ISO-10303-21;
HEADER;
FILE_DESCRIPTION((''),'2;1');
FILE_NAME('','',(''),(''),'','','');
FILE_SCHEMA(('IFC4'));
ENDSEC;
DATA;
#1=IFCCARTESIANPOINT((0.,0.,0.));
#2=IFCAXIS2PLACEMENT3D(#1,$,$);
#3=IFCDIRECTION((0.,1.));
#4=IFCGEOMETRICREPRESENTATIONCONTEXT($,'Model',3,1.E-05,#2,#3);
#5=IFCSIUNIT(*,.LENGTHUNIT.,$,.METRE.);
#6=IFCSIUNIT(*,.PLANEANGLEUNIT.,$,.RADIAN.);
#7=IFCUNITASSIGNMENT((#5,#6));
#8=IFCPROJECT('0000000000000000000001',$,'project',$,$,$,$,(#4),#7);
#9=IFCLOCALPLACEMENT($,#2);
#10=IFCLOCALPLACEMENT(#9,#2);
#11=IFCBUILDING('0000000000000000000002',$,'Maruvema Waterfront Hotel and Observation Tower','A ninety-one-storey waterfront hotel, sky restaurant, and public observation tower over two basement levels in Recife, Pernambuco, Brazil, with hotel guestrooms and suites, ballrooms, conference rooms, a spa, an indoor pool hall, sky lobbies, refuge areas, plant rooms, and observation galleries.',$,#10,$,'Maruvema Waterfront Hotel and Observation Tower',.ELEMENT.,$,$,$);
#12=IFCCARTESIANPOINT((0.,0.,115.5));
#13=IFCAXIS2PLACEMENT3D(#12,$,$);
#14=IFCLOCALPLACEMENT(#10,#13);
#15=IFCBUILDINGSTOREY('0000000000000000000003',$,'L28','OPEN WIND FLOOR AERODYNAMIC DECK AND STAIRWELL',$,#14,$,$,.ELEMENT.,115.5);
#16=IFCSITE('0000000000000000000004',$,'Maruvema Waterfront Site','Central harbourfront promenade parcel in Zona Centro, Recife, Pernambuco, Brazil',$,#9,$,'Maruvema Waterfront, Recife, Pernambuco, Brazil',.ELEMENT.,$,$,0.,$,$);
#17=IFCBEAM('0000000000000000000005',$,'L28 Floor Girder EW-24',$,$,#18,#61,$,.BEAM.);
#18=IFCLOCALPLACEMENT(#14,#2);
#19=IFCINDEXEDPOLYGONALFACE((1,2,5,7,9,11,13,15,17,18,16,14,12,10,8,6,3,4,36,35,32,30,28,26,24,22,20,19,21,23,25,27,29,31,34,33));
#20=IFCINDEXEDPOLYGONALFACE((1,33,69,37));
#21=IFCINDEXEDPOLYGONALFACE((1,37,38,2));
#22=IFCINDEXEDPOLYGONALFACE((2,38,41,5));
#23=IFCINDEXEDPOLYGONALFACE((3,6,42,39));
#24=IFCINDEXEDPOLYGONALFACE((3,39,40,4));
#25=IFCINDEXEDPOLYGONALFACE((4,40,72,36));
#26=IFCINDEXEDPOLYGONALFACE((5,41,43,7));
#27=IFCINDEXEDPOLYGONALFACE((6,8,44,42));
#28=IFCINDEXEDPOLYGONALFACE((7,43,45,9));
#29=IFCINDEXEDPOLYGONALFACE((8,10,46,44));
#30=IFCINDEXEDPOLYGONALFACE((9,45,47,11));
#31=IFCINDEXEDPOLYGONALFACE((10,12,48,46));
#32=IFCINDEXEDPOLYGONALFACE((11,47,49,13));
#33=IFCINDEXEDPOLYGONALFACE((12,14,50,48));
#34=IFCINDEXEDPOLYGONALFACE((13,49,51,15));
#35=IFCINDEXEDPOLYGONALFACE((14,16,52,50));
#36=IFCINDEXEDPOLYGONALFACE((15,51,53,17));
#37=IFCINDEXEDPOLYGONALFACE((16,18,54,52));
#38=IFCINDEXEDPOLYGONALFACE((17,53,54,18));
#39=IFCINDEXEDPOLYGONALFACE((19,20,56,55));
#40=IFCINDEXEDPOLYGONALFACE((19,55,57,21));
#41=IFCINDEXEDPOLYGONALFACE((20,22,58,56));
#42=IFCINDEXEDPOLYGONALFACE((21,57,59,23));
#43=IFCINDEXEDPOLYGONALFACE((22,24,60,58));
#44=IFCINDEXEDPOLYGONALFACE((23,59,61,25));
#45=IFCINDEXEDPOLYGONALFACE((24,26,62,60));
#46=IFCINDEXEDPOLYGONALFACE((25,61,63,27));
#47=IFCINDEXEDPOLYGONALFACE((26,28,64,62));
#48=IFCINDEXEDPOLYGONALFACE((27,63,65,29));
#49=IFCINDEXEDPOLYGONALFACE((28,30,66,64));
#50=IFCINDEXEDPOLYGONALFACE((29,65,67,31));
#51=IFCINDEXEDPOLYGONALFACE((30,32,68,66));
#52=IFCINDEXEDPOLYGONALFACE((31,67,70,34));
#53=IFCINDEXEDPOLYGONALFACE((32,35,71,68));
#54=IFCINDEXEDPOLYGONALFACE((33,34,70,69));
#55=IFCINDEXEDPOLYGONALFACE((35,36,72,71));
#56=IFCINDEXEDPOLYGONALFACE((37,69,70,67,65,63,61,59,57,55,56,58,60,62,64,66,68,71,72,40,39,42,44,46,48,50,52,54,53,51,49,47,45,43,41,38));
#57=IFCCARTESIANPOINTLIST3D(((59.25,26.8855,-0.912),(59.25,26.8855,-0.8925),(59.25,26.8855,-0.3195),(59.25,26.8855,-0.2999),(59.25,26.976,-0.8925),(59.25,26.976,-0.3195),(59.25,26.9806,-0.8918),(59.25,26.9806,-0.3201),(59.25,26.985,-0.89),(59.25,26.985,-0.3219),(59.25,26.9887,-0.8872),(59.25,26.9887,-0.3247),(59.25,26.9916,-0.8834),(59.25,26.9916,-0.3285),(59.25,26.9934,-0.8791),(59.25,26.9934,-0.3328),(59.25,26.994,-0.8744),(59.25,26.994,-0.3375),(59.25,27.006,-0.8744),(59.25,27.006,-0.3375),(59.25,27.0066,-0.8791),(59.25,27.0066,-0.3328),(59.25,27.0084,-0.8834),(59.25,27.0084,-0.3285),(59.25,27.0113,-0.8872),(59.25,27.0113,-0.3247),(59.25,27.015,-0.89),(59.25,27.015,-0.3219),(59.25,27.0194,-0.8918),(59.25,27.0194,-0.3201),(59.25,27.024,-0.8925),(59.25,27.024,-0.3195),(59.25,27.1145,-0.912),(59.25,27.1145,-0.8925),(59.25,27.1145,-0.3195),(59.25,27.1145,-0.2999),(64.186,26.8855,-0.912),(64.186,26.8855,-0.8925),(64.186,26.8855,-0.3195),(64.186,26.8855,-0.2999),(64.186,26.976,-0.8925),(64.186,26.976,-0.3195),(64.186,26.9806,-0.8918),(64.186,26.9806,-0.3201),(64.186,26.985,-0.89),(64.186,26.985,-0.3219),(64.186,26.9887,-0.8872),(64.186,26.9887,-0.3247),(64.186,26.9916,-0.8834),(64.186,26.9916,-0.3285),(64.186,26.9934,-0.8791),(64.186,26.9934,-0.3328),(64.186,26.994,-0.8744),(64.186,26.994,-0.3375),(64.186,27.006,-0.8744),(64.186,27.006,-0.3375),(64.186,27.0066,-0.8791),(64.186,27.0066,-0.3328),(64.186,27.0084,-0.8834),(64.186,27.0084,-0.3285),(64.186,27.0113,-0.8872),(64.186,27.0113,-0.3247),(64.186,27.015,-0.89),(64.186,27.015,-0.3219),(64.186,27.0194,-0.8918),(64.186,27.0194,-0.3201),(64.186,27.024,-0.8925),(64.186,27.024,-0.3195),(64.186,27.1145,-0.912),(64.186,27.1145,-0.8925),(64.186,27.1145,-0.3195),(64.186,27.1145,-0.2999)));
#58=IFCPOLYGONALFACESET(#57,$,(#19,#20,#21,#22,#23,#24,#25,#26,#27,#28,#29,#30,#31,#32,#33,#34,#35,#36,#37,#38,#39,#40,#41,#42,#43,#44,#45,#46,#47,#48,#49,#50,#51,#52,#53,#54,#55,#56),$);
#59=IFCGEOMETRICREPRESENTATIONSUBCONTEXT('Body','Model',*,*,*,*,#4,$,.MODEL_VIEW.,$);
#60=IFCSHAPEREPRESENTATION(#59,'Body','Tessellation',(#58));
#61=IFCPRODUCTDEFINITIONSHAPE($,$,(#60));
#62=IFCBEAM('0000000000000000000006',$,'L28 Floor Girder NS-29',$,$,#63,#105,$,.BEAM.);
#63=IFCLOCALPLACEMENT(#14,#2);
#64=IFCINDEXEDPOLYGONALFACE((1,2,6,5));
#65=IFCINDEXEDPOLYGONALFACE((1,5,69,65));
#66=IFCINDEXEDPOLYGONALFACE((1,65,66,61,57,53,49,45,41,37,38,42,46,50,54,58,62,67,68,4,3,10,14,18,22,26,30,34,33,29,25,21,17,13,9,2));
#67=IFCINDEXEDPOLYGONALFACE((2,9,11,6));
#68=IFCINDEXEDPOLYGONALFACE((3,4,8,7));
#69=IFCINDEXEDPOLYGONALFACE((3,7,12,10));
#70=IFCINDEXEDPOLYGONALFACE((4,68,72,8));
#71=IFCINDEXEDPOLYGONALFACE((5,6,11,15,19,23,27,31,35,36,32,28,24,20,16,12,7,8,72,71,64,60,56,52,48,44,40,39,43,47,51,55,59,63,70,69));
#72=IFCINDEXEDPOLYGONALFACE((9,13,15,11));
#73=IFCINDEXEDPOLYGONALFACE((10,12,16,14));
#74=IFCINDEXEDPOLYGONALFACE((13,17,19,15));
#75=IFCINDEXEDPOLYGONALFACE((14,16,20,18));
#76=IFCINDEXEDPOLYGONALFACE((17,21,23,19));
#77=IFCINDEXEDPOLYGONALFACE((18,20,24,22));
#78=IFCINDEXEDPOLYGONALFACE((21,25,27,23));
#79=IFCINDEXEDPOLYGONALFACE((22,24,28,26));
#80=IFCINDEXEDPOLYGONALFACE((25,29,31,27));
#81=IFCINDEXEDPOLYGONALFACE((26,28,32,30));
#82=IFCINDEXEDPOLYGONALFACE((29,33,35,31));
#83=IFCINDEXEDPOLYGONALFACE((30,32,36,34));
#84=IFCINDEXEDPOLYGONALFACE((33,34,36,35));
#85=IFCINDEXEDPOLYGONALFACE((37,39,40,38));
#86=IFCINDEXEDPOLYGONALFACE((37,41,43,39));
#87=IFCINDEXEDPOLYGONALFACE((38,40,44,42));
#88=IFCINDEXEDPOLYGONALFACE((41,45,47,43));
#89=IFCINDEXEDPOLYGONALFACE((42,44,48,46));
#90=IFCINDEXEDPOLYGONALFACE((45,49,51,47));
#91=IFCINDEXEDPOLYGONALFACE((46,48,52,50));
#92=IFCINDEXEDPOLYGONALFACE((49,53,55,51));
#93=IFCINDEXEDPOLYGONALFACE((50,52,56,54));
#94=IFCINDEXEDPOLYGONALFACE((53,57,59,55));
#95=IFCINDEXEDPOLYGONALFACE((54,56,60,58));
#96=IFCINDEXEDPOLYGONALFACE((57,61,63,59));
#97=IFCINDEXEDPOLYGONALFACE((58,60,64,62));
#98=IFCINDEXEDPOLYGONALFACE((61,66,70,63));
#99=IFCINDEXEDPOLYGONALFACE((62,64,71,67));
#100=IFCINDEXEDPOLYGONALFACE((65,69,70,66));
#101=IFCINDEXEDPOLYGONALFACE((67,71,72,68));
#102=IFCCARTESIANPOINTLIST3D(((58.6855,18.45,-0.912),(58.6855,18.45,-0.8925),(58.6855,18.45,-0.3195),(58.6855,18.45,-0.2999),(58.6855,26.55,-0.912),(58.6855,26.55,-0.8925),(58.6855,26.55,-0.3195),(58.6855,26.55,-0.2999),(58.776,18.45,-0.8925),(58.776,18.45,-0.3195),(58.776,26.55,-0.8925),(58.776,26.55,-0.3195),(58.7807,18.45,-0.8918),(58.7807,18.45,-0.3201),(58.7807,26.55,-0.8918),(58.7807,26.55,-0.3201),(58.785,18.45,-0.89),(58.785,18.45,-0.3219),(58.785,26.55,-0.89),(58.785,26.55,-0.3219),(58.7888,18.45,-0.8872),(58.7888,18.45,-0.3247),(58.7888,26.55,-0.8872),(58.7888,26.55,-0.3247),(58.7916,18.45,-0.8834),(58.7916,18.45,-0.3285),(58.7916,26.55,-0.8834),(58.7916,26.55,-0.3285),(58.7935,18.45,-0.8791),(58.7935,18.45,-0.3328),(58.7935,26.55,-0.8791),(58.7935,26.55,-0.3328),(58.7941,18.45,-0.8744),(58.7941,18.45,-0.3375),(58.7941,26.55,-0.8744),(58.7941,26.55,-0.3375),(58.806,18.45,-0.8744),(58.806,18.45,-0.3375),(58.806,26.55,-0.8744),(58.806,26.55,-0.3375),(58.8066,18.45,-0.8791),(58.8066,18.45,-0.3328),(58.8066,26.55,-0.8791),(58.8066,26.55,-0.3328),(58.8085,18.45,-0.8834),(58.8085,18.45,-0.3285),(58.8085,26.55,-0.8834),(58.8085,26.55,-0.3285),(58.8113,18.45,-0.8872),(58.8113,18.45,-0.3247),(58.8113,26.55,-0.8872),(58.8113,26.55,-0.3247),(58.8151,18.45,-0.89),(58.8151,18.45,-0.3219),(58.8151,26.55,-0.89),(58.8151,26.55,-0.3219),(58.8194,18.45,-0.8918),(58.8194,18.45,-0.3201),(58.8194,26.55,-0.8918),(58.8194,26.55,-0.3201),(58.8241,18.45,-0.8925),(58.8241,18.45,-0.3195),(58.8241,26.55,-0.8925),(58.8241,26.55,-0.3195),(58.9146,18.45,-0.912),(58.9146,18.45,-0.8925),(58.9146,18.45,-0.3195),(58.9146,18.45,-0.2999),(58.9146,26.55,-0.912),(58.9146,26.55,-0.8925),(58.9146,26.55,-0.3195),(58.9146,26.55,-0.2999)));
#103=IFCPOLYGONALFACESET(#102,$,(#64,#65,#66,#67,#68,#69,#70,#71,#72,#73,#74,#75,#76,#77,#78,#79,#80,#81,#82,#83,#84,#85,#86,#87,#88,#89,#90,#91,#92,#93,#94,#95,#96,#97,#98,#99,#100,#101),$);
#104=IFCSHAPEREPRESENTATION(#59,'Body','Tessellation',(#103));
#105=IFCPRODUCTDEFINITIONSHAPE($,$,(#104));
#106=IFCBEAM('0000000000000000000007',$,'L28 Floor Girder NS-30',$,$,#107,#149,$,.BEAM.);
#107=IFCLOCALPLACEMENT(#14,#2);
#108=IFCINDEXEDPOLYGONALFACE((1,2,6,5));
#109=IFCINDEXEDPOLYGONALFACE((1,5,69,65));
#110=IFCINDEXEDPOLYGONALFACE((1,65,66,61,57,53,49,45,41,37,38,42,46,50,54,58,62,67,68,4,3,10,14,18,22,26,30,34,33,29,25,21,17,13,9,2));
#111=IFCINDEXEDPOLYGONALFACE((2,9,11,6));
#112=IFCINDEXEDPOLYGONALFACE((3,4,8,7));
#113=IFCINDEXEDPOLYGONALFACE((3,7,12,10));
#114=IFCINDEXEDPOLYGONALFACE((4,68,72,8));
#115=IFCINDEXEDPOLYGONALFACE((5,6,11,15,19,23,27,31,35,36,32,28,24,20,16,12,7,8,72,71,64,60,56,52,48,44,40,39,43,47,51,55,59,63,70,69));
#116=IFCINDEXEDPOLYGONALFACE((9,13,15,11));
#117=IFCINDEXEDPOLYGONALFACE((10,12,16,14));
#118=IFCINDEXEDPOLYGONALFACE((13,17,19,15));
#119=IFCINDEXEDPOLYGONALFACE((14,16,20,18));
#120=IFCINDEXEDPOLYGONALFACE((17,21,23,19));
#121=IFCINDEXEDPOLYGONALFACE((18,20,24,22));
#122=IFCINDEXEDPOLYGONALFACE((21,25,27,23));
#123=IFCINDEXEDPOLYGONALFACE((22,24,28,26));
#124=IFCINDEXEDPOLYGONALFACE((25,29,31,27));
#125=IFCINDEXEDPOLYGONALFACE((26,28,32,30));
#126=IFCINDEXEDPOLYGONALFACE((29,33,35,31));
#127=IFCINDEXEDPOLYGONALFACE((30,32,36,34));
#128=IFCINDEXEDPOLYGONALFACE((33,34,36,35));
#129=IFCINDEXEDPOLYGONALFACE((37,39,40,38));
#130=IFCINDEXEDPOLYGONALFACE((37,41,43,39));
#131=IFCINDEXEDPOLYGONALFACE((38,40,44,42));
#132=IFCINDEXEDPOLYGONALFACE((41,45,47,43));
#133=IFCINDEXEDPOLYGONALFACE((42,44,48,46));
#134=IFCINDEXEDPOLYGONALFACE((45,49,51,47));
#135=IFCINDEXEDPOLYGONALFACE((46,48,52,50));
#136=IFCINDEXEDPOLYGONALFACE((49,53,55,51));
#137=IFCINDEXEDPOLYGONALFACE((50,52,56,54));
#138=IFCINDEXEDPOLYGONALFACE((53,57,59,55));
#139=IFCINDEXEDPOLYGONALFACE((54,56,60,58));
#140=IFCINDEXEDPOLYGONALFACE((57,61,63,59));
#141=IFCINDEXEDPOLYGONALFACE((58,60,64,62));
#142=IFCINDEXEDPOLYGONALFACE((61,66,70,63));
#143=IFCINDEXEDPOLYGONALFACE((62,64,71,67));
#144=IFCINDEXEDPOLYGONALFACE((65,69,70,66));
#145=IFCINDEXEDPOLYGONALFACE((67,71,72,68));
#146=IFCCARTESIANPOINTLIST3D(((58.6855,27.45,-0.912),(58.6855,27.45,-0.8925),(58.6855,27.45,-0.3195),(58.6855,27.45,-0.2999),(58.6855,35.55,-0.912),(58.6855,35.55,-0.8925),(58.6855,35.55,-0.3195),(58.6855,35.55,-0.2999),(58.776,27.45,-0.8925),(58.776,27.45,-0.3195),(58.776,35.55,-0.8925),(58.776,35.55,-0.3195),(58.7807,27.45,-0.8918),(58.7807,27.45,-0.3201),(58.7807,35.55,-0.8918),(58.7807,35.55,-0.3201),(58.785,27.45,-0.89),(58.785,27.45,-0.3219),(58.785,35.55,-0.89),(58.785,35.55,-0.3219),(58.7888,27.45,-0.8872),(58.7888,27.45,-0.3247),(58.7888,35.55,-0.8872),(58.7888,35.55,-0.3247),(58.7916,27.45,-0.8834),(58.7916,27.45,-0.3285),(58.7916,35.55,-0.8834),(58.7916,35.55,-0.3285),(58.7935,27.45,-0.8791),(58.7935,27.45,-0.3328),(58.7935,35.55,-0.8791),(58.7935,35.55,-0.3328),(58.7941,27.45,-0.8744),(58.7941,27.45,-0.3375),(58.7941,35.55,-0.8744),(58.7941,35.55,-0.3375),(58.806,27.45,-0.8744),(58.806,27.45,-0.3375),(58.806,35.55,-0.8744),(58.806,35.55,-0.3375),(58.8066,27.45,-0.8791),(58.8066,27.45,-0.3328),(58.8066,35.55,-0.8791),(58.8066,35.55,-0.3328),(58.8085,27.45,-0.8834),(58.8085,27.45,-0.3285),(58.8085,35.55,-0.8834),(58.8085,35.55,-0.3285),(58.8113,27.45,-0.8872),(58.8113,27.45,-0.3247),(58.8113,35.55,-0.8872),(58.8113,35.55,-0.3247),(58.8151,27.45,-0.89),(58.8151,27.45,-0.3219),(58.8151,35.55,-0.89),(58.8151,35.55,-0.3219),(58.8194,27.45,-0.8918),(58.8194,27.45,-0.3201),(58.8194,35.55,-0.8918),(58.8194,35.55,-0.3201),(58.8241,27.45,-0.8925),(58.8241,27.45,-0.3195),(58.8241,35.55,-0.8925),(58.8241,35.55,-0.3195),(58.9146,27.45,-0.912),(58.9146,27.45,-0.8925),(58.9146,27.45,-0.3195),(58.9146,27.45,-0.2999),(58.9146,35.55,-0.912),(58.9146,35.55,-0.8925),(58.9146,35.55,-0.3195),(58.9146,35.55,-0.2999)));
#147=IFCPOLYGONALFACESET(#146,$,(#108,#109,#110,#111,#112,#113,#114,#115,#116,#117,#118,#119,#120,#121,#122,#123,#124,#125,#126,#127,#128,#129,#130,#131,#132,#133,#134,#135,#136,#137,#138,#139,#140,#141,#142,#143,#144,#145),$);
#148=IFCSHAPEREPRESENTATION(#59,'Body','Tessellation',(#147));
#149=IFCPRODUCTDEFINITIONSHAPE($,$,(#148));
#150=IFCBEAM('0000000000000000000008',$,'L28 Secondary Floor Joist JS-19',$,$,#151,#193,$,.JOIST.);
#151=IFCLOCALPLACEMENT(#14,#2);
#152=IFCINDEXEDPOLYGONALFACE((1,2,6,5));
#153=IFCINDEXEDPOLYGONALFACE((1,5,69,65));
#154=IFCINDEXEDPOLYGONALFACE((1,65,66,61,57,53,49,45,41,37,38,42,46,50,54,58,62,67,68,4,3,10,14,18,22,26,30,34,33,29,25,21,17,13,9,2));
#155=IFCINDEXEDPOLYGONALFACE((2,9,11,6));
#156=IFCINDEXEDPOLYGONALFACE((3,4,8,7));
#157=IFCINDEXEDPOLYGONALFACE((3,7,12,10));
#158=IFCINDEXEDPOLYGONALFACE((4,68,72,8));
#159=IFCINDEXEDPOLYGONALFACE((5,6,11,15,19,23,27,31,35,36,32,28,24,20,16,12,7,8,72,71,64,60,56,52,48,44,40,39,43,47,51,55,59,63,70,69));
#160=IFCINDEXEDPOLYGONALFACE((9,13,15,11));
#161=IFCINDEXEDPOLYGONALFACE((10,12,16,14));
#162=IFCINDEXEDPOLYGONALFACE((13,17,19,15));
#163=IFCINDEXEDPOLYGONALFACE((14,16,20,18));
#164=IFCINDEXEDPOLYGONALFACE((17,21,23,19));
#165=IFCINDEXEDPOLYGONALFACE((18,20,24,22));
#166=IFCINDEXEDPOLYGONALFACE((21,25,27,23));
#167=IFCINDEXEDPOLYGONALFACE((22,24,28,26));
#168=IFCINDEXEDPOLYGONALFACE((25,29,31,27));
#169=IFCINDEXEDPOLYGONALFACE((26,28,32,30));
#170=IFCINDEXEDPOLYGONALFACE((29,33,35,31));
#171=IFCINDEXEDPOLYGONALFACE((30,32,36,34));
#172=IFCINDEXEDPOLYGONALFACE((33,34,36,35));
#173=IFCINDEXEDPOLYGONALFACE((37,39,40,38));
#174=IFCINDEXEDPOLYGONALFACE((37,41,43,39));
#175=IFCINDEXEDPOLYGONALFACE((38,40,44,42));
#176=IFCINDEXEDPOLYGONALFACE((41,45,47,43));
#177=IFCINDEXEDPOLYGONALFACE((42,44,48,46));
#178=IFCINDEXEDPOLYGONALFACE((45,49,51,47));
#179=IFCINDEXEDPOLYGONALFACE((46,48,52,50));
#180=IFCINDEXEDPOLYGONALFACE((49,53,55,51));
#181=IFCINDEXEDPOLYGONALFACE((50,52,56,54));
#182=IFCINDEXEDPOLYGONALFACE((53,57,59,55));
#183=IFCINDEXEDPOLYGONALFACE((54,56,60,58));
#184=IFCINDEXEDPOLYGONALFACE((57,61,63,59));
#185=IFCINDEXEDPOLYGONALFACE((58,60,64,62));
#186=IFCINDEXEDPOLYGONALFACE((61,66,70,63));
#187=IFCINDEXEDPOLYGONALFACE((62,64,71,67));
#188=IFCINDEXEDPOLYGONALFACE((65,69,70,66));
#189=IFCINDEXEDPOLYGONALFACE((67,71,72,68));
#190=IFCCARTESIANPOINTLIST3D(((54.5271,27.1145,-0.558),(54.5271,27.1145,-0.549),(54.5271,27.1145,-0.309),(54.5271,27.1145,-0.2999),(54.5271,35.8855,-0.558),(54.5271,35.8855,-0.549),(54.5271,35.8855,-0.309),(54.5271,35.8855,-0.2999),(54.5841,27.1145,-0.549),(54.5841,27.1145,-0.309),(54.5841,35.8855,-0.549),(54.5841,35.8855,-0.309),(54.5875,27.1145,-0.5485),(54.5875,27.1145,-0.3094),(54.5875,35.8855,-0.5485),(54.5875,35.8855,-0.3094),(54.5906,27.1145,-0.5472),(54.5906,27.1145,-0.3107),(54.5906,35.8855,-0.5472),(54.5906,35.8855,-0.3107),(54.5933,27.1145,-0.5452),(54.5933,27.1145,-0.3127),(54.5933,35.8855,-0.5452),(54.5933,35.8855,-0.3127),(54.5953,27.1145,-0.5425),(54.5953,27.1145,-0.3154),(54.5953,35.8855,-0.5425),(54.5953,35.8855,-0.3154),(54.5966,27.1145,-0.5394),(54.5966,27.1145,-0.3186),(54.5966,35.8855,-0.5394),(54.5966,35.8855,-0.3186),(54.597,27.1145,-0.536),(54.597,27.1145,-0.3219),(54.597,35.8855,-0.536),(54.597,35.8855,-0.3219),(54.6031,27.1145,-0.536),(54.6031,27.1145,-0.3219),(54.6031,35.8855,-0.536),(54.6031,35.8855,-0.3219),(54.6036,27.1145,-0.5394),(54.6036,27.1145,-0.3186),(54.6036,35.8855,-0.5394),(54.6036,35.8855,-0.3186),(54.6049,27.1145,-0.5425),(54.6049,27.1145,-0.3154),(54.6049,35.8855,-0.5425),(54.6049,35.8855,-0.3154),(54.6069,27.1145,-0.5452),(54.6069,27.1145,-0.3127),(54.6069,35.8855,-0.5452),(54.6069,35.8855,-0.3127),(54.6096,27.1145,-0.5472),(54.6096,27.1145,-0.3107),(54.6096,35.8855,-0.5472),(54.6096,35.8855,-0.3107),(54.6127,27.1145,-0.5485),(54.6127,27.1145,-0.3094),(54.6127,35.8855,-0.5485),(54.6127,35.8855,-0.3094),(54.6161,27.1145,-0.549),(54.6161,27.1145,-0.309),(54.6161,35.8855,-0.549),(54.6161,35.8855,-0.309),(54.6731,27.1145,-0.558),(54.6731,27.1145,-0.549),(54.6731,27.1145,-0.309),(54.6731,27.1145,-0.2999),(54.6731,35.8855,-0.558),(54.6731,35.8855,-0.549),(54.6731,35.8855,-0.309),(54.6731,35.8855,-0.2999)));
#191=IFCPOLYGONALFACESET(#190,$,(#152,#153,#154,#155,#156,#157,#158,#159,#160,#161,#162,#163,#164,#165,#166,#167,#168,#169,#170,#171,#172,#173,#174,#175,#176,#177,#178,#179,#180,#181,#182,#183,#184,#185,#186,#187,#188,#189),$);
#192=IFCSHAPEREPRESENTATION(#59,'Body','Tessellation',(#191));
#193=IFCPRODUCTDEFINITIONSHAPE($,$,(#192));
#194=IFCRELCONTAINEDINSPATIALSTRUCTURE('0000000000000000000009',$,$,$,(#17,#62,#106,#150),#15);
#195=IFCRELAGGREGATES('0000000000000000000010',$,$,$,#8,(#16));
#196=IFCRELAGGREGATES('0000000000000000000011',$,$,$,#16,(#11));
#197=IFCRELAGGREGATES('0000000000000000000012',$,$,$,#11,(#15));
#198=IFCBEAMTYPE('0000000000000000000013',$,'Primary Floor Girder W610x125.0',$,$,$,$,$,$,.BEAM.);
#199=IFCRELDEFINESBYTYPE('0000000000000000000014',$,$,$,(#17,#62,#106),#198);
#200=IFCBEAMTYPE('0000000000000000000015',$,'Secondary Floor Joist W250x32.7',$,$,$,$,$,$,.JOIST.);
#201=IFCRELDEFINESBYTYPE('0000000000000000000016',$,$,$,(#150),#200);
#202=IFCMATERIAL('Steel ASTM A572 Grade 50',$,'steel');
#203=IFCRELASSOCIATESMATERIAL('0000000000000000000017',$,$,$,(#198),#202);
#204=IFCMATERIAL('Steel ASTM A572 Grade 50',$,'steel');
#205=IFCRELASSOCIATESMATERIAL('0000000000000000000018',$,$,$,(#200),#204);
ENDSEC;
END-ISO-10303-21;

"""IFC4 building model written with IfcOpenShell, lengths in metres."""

from ifc_helpers import new_model, si_unit, direction, frame, origin, origin_2d, place, context, subcontext, project, spatial, i_section, extrude, material, material_profile, profile_set, type_object, element, save


model = new_model("IFC4")

# Units and contexts
model_context = context("Model", 3, precision=1e-05, world=origin(), true_north=direction((0.0, 1.0)))
body_context = subcontext(model_context, "Body", "Model", "MODEL_VIEW")
ifc_project = project(units=[si_unit("LENGTHUNIT", "METRE"), si_unit("PLANEANGLEUNIT", "RADIAN")], contexts=[model_context])

# Site, building, storey
site_placement = place(None, origin())
site = spatial("IfcSite", under=ifc_project, at=site_placement, Name="Maruvema Waterfront Site", Description="Central harbourfront promenade parcel in Zona Centro, Recife, Pernambuco, Brazil", LongName="Maruvema Waterfront, Recife, Pernambuco, Brazil", CompositionType="ELEMENT", RefElevation=0.0)
building_placement = place(site_placement, origin())
building = spatial("IfcBuilding", under=site, at=building_placement, Name="Maruvema Waterfront Hotel and Observation Tower", Description="A ninety-one-storey waterfront hotel, sky restaurant, and public observation tower over two basement levels in Recife, Pernambuco, Brazil, with hotel guestrooms and suites, ballrooms, conference rooms, a spa, an indoor pool hall, sky lobbies, refuge areas, plant rooms, and observation galleries.", LongName="Maruvema Waterfront Hotel and Observation Tower", CompositionType="ELEMENT")
storey_placement = place(building_placement, frame((0.0, 0.0, 115.5)))
storey = spatial("IfcBuildingStorey", under=building, at=storey_placement, Name="L28", Description="OPEN WIND FLOOR AERODYNAMIC DECK AND STAIRWELL", CompositionType="ELEMENT", Elevation=115.5)

# Beams
ifc_material_1 = material(Name="Steel ASTM A572 Grade 50", Category="steel")
ifc_material_profile_1 = material_profile(ifc_material_1, i_section(OverallWidth=0.229, OverallDepth=0.6121, WebThickness=0.012, FlangeThickness=0.0195, FilletRadius=0.0181, at=origin_2d()), Name="W610x125.0")
ifc_profile_set_1 = profile_set([ifc_material_profile_1], Name="Steel ASTM A572 Grade 50")
beam_type_1 = type_object("IfcBeamType", Name="Primary Floor Girder W610x125.0", PredefinedType="BEAM", material=ifc_profile_set_1)
for number, where, z_axis, x_axis, name in (
    (1, (59.25, 27.0, -0.606), (1.0, 0.0, 0.0), (0.0, 1.0, 0.0), "L28 Floor Girder EW-24"),
):
    element("IfcBeam", number, at=place(storey_placement, frame(where, z_axis=z_axis, x_axis=x_axis)), inside=storey, type_object=beam_type_1, Name=name, PredefinedType="BEAM", context=body_context, shape_type="SweptSolid", body=[
        extrude(i_section(OverallWidth=0.229, OverallDepth=0.6121, WebThickness=0.012, FlangeThickness=0.0195, FilletRadius=0.0181, at=origin_2d()), origin(), (0.0, 0.0, 1.0), 4.936),
    ])
for number, where, z_axis, x_axis, name in (
    (2, (58.8, 18.45, -0.606), (0.0, 1.0, 0.0), (-1.0, 0.0, 0.0), "L28 Floor Girder NS-29"),
    (3, (58.8, 27.45, -0.606), (0.0, 1.0, 0.0), (-1.0, 0.0, 0.0), "L28 Floor Girder NS-30"),
):
    element("IfcBeam", number, at=place(storey_placement, frame(where, z_axis=z_axis, x_axis=x_axis)), inside=storey, type_object=beam_type_1, Name=name, PredefinedType="BEAM", context=body_context, shape_type="SweptSolid", body=[
        extrude(i_section(OverallWidth=0.229, OverallDepth=0.6121, WebThickness=0.012, FlangeThickness=0.0195, FilletRadius=0.0181, at=origin_2d()), origin(), (0.0, 0.0, 1.0), 8.1001),
    ])
ifc_material_2 = material(Name="Steel ASTM A572 Grade 50", Category="steel")
ifc_material_profile_2 = material_profile(ifc_material_2, i_section(OverallWidth=0.146, OverallDepth=0.2581, WebThickness=0.0061, FlangeThickness=0.009, FilletRadius=0.0129, at=origin_2d()), Name="W250x32.7")
ifc_profile_set_2 = profile_set([ifc_material_profile_2], Name="Steel ASTM A572 Grade 50")
beam_type_2 = type_object("IfcBeamType", Name="Secondary Floor Joist W250x32.7", PredefinedType="JOIST", material=ifc_profile_set_2)
beam_1_placement = place(storey_placement, frame((54.6001, 27.1145, -0.429), z_axis=(0.0, 1.0, 0.0), x_axis=(-1.0, 0.0, 0.0)))
element("IfcBeam", 4, at=beam_1_placement, inside=storey, type_object=beam_type_2, Name="L28 Secondary Floor Joist JS-19", PredefinedType="JOIST", context=body_context, shape_type="SweptSolid", body=[
    extrude(i_section(OverallWidth=0.146, OverallDepth=0.2581, WebThickness=0.0061, FlangeThickness=0.009, FilletRadius=0.0129, at=origin_2d()), origin(), (0.0, 0.0, 1.0), 8.771),
])

save(model, "model.ifc")
